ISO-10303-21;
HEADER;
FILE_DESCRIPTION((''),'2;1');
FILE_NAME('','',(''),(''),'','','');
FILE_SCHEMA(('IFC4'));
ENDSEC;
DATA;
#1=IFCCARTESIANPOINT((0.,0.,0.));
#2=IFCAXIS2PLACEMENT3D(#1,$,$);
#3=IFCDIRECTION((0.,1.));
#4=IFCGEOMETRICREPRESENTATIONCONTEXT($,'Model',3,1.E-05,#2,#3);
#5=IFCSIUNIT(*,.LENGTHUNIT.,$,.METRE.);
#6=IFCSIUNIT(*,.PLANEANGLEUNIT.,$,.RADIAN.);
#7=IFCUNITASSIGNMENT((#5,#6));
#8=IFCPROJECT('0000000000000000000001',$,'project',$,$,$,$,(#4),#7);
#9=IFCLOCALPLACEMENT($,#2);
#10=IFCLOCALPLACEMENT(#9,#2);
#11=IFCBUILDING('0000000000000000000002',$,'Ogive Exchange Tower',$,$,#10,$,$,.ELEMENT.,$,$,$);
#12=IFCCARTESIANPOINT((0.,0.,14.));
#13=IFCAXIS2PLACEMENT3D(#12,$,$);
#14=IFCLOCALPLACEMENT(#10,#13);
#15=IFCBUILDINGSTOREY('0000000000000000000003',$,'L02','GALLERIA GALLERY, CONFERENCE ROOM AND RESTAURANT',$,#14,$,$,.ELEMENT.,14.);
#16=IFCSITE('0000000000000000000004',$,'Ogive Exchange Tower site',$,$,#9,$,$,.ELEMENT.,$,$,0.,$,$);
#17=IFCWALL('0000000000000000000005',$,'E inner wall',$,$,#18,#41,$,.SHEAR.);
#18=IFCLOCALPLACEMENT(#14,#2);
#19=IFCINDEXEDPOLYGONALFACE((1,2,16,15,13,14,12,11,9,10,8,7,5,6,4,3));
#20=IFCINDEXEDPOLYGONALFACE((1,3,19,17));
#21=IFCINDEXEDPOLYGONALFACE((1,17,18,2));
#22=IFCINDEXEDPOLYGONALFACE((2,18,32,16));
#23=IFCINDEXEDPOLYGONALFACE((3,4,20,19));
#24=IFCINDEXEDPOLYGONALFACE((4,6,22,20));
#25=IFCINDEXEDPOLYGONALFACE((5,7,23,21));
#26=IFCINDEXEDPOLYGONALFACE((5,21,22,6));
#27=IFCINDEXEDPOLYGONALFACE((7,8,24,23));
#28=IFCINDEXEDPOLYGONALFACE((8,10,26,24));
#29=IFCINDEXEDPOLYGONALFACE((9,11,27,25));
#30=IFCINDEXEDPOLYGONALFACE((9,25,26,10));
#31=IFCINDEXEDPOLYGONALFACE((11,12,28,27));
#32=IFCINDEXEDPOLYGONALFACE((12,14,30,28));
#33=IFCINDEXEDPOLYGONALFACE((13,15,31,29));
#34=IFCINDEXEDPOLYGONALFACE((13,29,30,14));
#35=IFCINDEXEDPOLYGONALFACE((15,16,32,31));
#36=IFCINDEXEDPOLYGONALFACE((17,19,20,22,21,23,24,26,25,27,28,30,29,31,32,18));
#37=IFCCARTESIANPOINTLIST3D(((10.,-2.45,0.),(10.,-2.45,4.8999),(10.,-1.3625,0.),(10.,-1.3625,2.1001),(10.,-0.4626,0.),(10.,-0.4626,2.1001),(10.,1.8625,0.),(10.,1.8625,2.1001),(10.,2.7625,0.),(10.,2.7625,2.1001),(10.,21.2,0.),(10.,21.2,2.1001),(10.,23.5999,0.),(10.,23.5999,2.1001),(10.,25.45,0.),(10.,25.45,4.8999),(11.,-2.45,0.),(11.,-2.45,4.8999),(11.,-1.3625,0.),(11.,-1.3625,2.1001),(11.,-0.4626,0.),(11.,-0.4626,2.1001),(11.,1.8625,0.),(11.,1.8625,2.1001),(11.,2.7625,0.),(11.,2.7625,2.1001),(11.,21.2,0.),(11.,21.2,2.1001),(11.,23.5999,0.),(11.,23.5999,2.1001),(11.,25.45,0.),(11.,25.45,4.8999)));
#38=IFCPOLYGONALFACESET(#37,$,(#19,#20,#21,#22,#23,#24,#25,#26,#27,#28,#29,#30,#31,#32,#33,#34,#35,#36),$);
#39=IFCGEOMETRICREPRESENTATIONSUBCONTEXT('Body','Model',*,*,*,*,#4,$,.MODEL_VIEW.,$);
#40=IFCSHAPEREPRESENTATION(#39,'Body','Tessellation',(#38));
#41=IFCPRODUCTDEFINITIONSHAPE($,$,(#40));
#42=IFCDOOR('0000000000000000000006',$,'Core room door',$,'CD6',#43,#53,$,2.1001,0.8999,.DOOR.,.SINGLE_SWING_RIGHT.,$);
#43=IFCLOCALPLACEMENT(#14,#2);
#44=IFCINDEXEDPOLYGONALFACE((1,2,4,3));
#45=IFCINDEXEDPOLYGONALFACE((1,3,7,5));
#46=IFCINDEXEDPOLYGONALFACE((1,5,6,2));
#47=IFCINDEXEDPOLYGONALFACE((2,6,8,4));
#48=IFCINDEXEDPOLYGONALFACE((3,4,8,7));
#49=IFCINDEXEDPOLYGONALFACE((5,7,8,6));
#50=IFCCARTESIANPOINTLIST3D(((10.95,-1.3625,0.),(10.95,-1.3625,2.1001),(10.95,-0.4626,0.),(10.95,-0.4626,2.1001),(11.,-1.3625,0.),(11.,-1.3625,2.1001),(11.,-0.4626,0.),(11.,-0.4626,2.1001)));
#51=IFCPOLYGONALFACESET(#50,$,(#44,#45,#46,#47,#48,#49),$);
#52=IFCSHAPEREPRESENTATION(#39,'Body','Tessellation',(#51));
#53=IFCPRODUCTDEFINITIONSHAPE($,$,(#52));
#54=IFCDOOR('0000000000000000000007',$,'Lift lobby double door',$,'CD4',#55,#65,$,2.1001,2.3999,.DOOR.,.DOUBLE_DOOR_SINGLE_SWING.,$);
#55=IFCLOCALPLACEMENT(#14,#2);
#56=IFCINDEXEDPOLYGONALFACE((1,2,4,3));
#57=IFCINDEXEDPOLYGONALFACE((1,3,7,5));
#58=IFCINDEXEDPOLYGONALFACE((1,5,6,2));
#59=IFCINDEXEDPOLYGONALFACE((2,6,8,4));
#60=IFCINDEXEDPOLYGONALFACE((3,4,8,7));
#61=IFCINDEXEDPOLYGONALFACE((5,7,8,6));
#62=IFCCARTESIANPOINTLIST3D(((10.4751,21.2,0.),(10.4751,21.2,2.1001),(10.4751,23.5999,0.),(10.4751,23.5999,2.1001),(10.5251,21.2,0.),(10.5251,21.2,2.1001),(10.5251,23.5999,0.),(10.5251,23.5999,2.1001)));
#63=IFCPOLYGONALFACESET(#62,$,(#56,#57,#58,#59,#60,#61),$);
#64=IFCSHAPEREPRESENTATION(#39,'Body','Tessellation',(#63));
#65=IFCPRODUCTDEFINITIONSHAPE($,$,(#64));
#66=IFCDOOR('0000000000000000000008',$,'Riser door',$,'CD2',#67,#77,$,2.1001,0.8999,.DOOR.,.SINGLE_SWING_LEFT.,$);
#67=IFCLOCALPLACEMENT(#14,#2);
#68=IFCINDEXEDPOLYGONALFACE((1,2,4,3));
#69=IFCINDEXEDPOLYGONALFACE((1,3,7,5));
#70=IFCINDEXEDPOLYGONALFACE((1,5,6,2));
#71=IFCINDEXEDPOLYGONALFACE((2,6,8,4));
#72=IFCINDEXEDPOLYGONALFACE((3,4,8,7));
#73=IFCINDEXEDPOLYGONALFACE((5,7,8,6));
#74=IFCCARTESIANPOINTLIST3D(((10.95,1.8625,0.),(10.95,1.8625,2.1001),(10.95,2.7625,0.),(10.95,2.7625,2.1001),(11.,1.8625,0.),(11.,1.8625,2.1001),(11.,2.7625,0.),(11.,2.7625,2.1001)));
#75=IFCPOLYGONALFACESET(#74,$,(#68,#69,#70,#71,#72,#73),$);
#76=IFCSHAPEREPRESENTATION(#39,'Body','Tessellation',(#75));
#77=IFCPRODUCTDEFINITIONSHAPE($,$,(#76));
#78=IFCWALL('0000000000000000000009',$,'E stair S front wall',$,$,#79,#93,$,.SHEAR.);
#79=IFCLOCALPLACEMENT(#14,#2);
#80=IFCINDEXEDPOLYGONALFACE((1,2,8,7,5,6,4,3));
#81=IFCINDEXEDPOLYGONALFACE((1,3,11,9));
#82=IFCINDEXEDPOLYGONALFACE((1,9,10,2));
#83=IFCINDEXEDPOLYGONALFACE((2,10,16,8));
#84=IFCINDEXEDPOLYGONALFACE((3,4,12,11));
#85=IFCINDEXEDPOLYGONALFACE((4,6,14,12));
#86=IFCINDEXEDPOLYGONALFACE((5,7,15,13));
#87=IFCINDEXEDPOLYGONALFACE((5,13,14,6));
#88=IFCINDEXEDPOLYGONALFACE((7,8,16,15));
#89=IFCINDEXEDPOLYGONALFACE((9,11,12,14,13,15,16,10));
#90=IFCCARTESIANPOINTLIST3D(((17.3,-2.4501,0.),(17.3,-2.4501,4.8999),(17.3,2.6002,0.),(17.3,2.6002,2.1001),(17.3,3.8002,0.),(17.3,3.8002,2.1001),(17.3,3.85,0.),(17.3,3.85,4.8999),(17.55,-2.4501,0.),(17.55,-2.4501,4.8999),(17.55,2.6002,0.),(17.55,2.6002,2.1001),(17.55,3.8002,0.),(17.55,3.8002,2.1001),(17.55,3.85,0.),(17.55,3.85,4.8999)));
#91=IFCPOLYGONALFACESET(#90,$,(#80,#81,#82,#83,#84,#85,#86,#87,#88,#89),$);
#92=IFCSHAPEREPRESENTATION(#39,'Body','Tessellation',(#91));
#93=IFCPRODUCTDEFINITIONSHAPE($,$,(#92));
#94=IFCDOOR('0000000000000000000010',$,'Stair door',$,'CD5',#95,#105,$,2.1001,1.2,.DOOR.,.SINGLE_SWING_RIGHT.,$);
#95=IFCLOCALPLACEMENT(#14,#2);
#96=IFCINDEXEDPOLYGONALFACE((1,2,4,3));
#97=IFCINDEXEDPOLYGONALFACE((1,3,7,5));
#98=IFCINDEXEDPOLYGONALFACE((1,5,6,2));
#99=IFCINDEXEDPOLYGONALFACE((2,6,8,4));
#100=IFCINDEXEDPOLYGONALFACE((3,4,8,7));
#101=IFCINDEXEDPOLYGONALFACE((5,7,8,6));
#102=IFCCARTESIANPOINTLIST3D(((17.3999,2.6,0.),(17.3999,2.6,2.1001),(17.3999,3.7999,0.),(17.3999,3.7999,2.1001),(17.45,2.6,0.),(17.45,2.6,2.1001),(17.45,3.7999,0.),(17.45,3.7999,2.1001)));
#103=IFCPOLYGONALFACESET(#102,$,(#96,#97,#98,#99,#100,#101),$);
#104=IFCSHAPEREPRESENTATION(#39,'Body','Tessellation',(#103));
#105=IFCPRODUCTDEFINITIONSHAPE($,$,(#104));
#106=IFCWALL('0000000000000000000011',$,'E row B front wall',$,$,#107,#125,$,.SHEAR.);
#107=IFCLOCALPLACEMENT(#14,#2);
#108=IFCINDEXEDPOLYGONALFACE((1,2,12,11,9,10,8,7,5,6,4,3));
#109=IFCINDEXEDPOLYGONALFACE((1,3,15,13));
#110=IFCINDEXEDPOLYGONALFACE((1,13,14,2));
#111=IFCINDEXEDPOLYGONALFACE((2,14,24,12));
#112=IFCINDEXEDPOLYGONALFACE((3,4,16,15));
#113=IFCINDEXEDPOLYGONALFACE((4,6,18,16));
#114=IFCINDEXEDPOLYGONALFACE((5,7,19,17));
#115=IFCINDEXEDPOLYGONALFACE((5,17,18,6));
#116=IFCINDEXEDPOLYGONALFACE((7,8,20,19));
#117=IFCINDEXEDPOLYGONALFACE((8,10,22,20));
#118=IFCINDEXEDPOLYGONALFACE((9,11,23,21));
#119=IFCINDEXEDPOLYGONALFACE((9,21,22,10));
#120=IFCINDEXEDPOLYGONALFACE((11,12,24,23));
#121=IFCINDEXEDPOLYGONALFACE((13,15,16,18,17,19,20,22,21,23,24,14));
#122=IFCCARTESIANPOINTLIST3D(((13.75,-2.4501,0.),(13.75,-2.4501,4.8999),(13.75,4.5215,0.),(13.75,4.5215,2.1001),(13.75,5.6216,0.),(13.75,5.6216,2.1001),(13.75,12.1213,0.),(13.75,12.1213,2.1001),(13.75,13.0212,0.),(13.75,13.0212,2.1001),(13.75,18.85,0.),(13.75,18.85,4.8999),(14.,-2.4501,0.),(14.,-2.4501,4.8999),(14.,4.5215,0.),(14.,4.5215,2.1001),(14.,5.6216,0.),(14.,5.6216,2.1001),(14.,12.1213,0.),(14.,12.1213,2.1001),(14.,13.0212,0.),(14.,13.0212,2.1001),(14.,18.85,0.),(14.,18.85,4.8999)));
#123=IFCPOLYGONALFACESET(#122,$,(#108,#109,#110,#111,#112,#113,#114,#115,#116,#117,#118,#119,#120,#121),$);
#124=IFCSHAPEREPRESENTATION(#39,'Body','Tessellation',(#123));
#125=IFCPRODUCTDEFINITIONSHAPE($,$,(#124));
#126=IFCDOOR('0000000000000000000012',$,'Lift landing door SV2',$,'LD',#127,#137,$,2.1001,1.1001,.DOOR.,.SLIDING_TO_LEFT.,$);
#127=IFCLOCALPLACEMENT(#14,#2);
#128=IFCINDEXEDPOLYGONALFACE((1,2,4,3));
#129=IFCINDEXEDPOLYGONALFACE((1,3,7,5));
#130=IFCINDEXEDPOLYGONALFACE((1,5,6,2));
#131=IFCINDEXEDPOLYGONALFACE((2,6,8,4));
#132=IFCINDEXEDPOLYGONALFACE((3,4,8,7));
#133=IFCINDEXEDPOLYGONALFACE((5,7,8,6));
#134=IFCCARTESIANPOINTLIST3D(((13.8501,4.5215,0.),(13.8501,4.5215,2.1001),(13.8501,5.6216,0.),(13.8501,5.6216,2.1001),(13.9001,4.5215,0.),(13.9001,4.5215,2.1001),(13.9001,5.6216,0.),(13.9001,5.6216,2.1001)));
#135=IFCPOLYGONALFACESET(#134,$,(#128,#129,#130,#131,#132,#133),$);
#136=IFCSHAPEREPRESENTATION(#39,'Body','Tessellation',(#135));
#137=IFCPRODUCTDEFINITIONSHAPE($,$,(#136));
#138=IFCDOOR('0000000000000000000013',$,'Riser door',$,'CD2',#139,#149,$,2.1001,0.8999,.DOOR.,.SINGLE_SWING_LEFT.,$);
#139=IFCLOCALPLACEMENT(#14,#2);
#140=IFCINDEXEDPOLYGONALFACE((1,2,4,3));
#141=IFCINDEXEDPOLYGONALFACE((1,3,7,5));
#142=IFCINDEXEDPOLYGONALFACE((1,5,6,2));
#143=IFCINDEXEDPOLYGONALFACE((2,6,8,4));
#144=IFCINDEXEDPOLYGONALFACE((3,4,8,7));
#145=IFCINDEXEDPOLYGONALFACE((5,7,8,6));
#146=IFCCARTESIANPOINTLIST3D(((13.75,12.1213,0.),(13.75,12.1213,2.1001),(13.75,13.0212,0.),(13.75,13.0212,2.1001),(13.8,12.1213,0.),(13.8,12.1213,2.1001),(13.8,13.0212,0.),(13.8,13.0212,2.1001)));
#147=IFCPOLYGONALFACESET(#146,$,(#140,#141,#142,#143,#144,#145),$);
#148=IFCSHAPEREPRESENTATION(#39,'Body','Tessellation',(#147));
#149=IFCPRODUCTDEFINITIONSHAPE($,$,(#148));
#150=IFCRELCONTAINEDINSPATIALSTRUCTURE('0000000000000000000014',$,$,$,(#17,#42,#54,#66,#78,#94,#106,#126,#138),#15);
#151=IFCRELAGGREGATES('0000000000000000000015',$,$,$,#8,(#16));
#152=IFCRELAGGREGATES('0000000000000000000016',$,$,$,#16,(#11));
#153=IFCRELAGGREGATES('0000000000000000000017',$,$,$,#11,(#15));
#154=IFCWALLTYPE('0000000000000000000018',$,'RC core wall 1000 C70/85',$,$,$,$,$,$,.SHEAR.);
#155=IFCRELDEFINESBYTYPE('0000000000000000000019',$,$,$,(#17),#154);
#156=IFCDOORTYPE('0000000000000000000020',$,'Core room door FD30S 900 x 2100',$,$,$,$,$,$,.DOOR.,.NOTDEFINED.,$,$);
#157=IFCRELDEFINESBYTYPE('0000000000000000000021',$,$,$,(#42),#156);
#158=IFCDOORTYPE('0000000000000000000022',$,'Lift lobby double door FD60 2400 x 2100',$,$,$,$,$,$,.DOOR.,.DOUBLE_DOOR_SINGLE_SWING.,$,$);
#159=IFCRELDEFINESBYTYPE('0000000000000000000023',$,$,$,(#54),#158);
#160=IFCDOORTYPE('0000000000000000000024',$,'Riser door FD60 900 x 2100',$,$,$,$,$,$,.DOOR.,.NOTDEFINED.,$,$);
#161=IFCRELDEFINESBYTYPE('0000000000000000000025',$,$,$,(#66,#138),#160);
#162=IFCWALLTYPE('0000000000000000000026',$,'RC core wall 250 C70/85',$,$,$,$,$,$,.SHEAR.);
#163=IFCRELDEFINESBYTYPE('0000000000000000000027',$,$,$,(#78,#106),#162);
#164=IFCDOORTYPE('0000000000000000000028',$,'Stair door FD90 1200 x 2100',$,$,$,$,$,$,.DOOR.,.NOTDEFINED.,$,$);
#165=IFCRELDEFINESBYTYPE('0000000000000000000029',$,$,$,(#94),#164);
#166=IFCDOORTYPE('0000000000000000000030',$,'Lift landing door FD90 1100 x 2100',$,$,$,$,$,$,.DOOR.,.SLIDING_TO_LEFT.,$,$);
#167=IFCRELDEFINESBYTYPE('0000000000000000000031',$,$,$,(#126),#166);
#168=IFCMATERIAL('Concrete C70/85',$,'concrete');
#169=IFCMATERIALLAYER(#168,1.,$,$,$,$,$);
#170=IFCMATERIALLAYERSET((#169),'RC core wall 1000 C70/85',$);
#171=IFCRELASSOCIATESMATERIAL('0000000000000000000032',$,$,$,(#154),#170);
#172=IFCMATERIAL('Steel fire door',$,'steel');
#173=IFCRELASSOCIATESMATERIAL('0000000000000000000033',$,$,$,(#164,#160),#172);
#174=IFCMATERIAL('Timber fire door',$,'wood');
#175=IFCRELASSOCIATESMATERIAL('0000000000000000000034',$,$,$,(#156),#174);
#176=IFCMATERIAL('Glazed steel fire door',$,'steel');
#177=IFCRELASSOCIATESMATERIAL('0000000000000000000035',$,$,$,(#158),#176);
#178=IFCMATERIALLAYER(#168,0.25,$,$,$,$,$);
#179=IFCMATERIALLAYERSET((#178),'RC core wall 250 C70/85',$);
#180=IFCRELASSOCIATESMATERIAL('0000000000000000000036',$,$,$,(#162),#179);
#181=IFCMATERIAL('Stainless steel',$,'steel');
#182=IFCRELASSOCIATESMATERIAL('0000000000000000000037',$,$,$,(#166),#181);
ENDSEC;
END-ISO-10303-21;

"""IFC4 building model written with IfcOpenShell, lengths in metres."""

from ifc_helpers import new_model, si_unit, direction, frame, frame_2d, origin, place, context, subcontext, project, spatial, rectangle, extrude, material, layer, layer_set, type_object, element, fill, save


model = new_model("IFC4")

# Units and contexts
model_context = context("Model", 3, precision=1e-05, world=origin(), true_north=direction((0.0, 1.0)))
body_context = subcontext(model_context, "Body", "Model", "MODEL_VIEW")
ifc_project = project(units=[si_unit("LENGTHUNIT", "METRE"), si_unit("PLANEANGLEUNIT", "RADIAN")], contexts=[model_context])

# Site, building, storey
site_placement = place(None, origin())
site = spatial("IfcSite", under=ifc_project, at=site_placement, Name="Ogive Exchange Tower site", CompositionType="ELEMENT", RefElevation=0.0)
building_placement = place(site_placement, origin())
building = spatial("IfcBuilding", under=site, at=building_placement, Name="Ogive Exchange Tower", CompositionType="ELEMENT")
storey_placement = place(building_placement, frame((0.0, 0.0, 14.0)))
storey = spatial("IfcBuildingStorey", under=building, at=storey_placement, Name="L02", Description="GALLERIA GALLERY, CONFERENCE ROOM AND RESTAURANT", CompositionType="ELEMENT", Elevation=14.0)

# Wall, openings, doors
ifc_material_1 = material(Name="Concrete C70/85", Category="concrete")
ifc_layer_1 = layer(ifc_material_1, 1.0)
ifc_layer_set_1 = layer_set([ifc_layer_1], Name="RC core wall 1000 C70/85")
wall_type_1 = type_object("IfcWallType", Name="RC core wall 1000 C70/85", PredefinedType="SHEAR", material=ifc_layer_set_1)
ifc_material_2 = material(Name="Steel fire door", Category="steel")
door_type_1 = type_object("IfcDoorType", Name="Stair door FD90 1200 x 2100", OperationType="NOTDEFINED", PredefinedType="DOOR", material=ifc_material_2)
wall_1_placement = place(storey_placement, frame((10.5, -2.45, 0.0), z_axis=(0.0, 0.0, 1.0), x_axis=(0.0, 1.0, 0.0)))
wall_1 = element("IfcWall", 1, at=wall_1_placement, inside=storey, type_object=wall_type_1, Name="E inner wall", PredefinedType="SHEAR", context=body_context, shape_type="SweptSolid", body=[
    extrude(rectangle(XDim=27.8999, YDim=1.0, at=frame_2d((13.95, 0.0))), origin(), (0.0, 0.0, 1.0), 4.8999),
])
opening_1_placement = place(wall_1_placement, frame((23.6499, 0.0, 0.0)))
opening_1 = element("IfcOpeningElement", 2, at=opening_1_placement, cuts=wall_1, PredefinedType="OPENING", context=body_context, shape_type="SweptSolid", body=[
    extrude(rectangle(XDim=2.3999, YDim=2.1001, at=frame_2d((1.2, 1.05))), frame((0.0, 0.51, 0.0), z_axis=(0.0, -1.0, 0.0), x_axis=(1.0, 0.0, 0.0)), (0.0, 0.0, 1.0), 1.02),
])
opening_2_placement = place(wall_1_placement, frame((1.0874, 0.0, 0.0)))
opening_2 = element("IfcOpeningElement", 3, at=opening_2_placement, cuts=wall_1, PredefinedType="OPENING", context=body_context, shape_type="SweptSolid", body=[
    extrude(rectangle(XDim=0.8999, YDim=2.1001, at=frame_2d((0.45, 1.05))), frame((0.0, 0.51, 0.0), z_axis=(0.0, -1.0, 0.0), x_axis=(1.0, 0.0, 0.0)), (0.0, 0.0, 1.0), 1.02),
])
opening_3_placement = place(wall_1_placement, frame((4.3125, 0.0, 0.0)))
opening_3 = element("IfcOpeningElement", 4, at=opening_3_placement, cuts=wall_1, PredefinedType="OPENING", context=body_context, shape_type="SweptSolid", body=[
    extrude(rectangle(XDim=0.8999, YDim=2.1001, at=frame_2d((0.45, 1.05))), frame((0.0, 0.51, 0.0), z_axis=(0.0, -1.0, 0.0), x_axis=(1.0, 0.0, 0.0)), (0.0, 0.0, 1.0), 1.02),
])
ifc_material_3 = material(Name="Timber fire door", Category="wood")
door_type_2 = type_object("IfcDoorType", Name="Core room door FD30S 900 x 2100", OperationType="NOTDEFINED", PredefinedType="DOOR", material=ifc_material_3)
door_1_placement = place(opening_2_placement, frame((0.8999, -0.9502, 0.0), z_axis=(0.0, 0.0, 1.0), x_axis=(-1.0, 0.0, 0.0)))
door_1 = element("IfcDoor", 5, at=door_1_placement, inside=storey, type_object=door_type_2, Name="Core room door", ObjectType="CD6", OperationType="SINGLE_SWING_RIGHT", OverallHeight=2.1001, OverallWidth=0.8999, PredefinedType="DOOR", context=body_context, shape_type="SweptSolid", body=[
    extrude(rectangle(XDim=0.8999, YDim=2.1001, at=frame_2d((0.45, 1.05))), frame((0.0, -0.4502, 0.0), z_axis=(0.0, -1.0, 0.0), x_axis=(1.0, 0.0, 0.0)), (0.0, 0.0, 1.0), 0.05),
])
fill(opening_2, door_1)
ifc_material_4 = material(Name="Glazed steel fire door", Category="steel")
door_type_3 = type_object("IfcDoorType", Name="Lift lobby double door FD60 2400 x 2100", OperationType="DOUBLE_DOOR_SINGLE_SWING", PredefinedType="DOOR", material=ifc_material_4)
door_2_placement = place(opening_1_placement, origin())
door_2 = element("IfcDoor", 6, at=door_2_placement, inside=storey, type_object=door_type_3, Name="Lift lobby double door", ObjectType="CD4", OperationType="DOUBLE_DOOR_SINGLE_SWING", OverallHeight=2.1001, OverallWidth=2.3999, PredefinedType="DOOR", context=body_context, shape_type="SweptSolid", body=[
    extrude(rectangle(XDim=2.3999, YDim=2.1001, at=frame_2d((1.2, 1.05))), frame((0.0, 0.0249, 0.0), z_axis=(0.0, -1.0, 0.0), x_axis=(1.0, 0.0, 0.0)), (0.0, 0.0, 1.0), 0.05),
])
fill(opening_1, door_2)
door_type_4 = type_object("IfcDoorType", Name="Riser door FD60 900 x 2100", OperationType="NOTDEFINED", PredefinedType="DOOR", material=ifc_material_2)
door_3_placement = place(opening_3_placement, frame((0.8999, -0.9502, 0.0), z_axis=(0.0, 0.0, 1.0), x_axis=(-1.0, 0.0, 0.0)))
door_3 = element("IfcDoor", 7, at=door_3_placement, inside=storey, type_object=door_type_4, Name="Riser door", ObjectType="CD2", OperationType="SINGLE_SWING_LEFT", OverallHeight=2.1001, OverallWidth=0.8999, PredefinedType="DOOR", context=body_context, shape_type="SweptSolid", body=[
    extrude(rectangle(XDim=0.8999, YDim=2.1001, at=frame_2d((0.45, 1.05))), frame((0.0, -0.4502, 0.0), z_axis=(0.0, -1.0, 0.0), x_axis=(1.0, 0.0, 0.0)), (0.0, 0.0, 1.0), 0.05),
])
fill(opening_3, door_3)

# Wall, opening, door
ifc_layer_2 = layer(ifc_material_1, 0.25)
ifc_layer_set_2 = layer_set([ifc_layer_2], Name="RC core wall 250 C70/85")
wall_type_2 = type_object("IfcWallType", Name="RC core wall 250 C70/85", PredefinedType="SHEAR", material=ifc_layer_set_2)
wall_2_placement = place(storey_placement, frame((17.425, -2.45, 0.0), z_axis=(0.0, 0.0, 1.0), x_axis=(0.0, 1.0, 0.0)))
wall_2 = element("IfcWall", 8, at=wall_2_placement, inside=storey, type_object=wall_type_2, Name="E stair S front wall", PredefinedType="SHEAR", context=body_context, shape_type="SweptSolid", body=[
    extrude(rectangle(XDim=6.3, YDim=0.25, at=frame_2d((3.1499, 0.0))), origin(), (0.0, 0.0, 1.0), 4.8999),
])
opening_4_placement = place(wall_2_placement, frame((5.05, 0.0, 0.0)))
opening_4 = element("IfcOpeningElement", 9, at=opening_4_placement, cuts=wall_2, PredefinedType="OPENING", context=body_context, shape_type="SweptSolid", body=[
    extrude(rectangle(XDim=1.2, YDim=2.1001, at=frame_2d((0.6001, 1.05))), frame((0.0, 0.135, 0.0), z_axis=(0.0, -1.0, 0.0), x_axis=(1.0, 0.0, 0.0)), (0.0, 0.0, 1.0), 0.27),
])
door_4_placement = place(opening_4_placement, frame((1.2, 0.0, 0.0), z_axis=(0.0, 0.0, 1.0), x_axis=(-1.0, 0.0, 0.0)))
door_4 = element("IfcDoor", 10, at=door_4_placement, inside=storey, type_object=door_type_1, Name="Stair door", ObjectType="CD5", OperationType="SINGLE_SWING_RIGHT", OverallHeight=2.1001, OverallWidth=1.2, PredefinedType="DOOR", context=body_context, shape_type="SweptSolid", body=[
    extrude(rectangle(XDim=1.2, YDim=2.1001, at=frame_2d((0.6001, 1.05))), frame((0.0, 0.0249, 0.0), z_axis=(0.0, -1.0, 0.0), x_axis=(1.0, 0.0, 0.0)), (0.0, 0.0, 1.0), 0.05),
])
fill(opening_4, door_4)

# Wall, openings, doors
wall_3_placement = place(storey_placement, frame((13.875, -2.45, 0.0), z_axis=(0.0, 0.0, 1.0), x_axis=(0.0, 1.0, 0.0)))
wall_3 = element("IfcWall", 11, at=wall_3_placement, inside=storey, type_object=wall_type_2, Name="E row B front wall", PredefinedType="SHEAR", context=body_context, shape_type="SweptSolid", body=[
    extrude(rectangle(XDim=21.3, YDim=0.25, at=frame_2d((10.6499, 0.0))), origin(), (0.0, 0.0, 1.0), 4.8999),
])
opening_5_placement = place(wall_3_placement, frame((14.5713, 0.0, 0.0)))
opening_5 = element("IfcOpeningElement", 12, at=opening_5_placement, cuts=wall_3, PredefinedType="OPENING", context=body_context, shape_type="SweptSolid", body=[
    extrude(rectangle(XDim=0.8999, YDim=2.1001, at=frame_2d((0.45, 1.05))), frame((0.0, 0.135, 0.0), z_axis=(0.0, -1.0, 0.0), x_axis=(1.0, 0.0, 0.0)), (0.0, 0.0, 1.0), 0.27),
])
opening_6_placement = place(wall_3_placement, frame((6.9714, 0.0, 0.0)))
opening_6 = element("IfcOpeningElement", 13, at=opening_6_placement, cuts=wall_3, PredefinedType="OPENING", context=body_context, shape_type="SweptSolid", body=[
    extrude(rectangle(XDim=1.1001, YDim=2.1001, at=frame_2d((0.55, 1.05))), frame((0.0, 0.135, 0.0), z_axis=(0.0, -1.0, 0.0), x_axis=(1.0, 0.0, 0.0)), (0.0, 0.0, 1.0), 0.27),
])
ifc_material_5 = material(Name="Stainless steel", Category="steel")
door_type_5 = type_object("IfcDoorType", Name="Lift landing door FD90 1100 x 2100", OperationType="SLIDING_TO_LEFT", PredefinedType="DOOR", material=ifc_material_5)
door_5_placement = place(opening_6_placement, origin())
door_5 = element("IfcDoor", 14, at=door_5_placement, inside=storey, type_object=door_type_5, Name="Lift landing door SV2", ObjectType="LD", OperationType="SLIDING_TO_LEFT", OverallHeight=2.1001, OverallWidth=1.1001, PredefinedType="DOOR", context=body_context, shape_type="SweptSolid", body=[
    extrude(rectangle(XDim=1.1001, YDim=2.1001, at=frame_2d((0.55, 1.05))), frame((0.0, 0.0249, 0.0), z_axis=(0.0, -1.0, 0.0), x_axis=(1.0, 0.0, 0.0)), (0.0, 0.0, 1.0), 0.05),
])
fill(opening_6, door_5)
door_6_placement = place(opening_5_placement, origin())
door_6 = element("IfcDoor", 15, at=door_6_placement, inside=storey, type_object=door_type_4, Name="Riser door", ObjectType="CD2", OperationType="SINGLE_SWING_LEFT", OverallHeight=2.1001, OverallWidth=0.8999, PredefinedType="DOOR", context=body_context, shape_type="SweptSolid", body=[
    extrude(rectangle(XDim=0.8999, YDim=2.1001, at=frame_2d((0.45, 1.05))), frame((0.0, 0.125, 0.0), z_axis=(0.0, -1.0, 0.0), x_axis=(1.0, 0.0, 0.0)), (0.0, 0.0, 1.0), 0.05),
])
fill(opening_5, door_6)

save(model, "model.ifc")
